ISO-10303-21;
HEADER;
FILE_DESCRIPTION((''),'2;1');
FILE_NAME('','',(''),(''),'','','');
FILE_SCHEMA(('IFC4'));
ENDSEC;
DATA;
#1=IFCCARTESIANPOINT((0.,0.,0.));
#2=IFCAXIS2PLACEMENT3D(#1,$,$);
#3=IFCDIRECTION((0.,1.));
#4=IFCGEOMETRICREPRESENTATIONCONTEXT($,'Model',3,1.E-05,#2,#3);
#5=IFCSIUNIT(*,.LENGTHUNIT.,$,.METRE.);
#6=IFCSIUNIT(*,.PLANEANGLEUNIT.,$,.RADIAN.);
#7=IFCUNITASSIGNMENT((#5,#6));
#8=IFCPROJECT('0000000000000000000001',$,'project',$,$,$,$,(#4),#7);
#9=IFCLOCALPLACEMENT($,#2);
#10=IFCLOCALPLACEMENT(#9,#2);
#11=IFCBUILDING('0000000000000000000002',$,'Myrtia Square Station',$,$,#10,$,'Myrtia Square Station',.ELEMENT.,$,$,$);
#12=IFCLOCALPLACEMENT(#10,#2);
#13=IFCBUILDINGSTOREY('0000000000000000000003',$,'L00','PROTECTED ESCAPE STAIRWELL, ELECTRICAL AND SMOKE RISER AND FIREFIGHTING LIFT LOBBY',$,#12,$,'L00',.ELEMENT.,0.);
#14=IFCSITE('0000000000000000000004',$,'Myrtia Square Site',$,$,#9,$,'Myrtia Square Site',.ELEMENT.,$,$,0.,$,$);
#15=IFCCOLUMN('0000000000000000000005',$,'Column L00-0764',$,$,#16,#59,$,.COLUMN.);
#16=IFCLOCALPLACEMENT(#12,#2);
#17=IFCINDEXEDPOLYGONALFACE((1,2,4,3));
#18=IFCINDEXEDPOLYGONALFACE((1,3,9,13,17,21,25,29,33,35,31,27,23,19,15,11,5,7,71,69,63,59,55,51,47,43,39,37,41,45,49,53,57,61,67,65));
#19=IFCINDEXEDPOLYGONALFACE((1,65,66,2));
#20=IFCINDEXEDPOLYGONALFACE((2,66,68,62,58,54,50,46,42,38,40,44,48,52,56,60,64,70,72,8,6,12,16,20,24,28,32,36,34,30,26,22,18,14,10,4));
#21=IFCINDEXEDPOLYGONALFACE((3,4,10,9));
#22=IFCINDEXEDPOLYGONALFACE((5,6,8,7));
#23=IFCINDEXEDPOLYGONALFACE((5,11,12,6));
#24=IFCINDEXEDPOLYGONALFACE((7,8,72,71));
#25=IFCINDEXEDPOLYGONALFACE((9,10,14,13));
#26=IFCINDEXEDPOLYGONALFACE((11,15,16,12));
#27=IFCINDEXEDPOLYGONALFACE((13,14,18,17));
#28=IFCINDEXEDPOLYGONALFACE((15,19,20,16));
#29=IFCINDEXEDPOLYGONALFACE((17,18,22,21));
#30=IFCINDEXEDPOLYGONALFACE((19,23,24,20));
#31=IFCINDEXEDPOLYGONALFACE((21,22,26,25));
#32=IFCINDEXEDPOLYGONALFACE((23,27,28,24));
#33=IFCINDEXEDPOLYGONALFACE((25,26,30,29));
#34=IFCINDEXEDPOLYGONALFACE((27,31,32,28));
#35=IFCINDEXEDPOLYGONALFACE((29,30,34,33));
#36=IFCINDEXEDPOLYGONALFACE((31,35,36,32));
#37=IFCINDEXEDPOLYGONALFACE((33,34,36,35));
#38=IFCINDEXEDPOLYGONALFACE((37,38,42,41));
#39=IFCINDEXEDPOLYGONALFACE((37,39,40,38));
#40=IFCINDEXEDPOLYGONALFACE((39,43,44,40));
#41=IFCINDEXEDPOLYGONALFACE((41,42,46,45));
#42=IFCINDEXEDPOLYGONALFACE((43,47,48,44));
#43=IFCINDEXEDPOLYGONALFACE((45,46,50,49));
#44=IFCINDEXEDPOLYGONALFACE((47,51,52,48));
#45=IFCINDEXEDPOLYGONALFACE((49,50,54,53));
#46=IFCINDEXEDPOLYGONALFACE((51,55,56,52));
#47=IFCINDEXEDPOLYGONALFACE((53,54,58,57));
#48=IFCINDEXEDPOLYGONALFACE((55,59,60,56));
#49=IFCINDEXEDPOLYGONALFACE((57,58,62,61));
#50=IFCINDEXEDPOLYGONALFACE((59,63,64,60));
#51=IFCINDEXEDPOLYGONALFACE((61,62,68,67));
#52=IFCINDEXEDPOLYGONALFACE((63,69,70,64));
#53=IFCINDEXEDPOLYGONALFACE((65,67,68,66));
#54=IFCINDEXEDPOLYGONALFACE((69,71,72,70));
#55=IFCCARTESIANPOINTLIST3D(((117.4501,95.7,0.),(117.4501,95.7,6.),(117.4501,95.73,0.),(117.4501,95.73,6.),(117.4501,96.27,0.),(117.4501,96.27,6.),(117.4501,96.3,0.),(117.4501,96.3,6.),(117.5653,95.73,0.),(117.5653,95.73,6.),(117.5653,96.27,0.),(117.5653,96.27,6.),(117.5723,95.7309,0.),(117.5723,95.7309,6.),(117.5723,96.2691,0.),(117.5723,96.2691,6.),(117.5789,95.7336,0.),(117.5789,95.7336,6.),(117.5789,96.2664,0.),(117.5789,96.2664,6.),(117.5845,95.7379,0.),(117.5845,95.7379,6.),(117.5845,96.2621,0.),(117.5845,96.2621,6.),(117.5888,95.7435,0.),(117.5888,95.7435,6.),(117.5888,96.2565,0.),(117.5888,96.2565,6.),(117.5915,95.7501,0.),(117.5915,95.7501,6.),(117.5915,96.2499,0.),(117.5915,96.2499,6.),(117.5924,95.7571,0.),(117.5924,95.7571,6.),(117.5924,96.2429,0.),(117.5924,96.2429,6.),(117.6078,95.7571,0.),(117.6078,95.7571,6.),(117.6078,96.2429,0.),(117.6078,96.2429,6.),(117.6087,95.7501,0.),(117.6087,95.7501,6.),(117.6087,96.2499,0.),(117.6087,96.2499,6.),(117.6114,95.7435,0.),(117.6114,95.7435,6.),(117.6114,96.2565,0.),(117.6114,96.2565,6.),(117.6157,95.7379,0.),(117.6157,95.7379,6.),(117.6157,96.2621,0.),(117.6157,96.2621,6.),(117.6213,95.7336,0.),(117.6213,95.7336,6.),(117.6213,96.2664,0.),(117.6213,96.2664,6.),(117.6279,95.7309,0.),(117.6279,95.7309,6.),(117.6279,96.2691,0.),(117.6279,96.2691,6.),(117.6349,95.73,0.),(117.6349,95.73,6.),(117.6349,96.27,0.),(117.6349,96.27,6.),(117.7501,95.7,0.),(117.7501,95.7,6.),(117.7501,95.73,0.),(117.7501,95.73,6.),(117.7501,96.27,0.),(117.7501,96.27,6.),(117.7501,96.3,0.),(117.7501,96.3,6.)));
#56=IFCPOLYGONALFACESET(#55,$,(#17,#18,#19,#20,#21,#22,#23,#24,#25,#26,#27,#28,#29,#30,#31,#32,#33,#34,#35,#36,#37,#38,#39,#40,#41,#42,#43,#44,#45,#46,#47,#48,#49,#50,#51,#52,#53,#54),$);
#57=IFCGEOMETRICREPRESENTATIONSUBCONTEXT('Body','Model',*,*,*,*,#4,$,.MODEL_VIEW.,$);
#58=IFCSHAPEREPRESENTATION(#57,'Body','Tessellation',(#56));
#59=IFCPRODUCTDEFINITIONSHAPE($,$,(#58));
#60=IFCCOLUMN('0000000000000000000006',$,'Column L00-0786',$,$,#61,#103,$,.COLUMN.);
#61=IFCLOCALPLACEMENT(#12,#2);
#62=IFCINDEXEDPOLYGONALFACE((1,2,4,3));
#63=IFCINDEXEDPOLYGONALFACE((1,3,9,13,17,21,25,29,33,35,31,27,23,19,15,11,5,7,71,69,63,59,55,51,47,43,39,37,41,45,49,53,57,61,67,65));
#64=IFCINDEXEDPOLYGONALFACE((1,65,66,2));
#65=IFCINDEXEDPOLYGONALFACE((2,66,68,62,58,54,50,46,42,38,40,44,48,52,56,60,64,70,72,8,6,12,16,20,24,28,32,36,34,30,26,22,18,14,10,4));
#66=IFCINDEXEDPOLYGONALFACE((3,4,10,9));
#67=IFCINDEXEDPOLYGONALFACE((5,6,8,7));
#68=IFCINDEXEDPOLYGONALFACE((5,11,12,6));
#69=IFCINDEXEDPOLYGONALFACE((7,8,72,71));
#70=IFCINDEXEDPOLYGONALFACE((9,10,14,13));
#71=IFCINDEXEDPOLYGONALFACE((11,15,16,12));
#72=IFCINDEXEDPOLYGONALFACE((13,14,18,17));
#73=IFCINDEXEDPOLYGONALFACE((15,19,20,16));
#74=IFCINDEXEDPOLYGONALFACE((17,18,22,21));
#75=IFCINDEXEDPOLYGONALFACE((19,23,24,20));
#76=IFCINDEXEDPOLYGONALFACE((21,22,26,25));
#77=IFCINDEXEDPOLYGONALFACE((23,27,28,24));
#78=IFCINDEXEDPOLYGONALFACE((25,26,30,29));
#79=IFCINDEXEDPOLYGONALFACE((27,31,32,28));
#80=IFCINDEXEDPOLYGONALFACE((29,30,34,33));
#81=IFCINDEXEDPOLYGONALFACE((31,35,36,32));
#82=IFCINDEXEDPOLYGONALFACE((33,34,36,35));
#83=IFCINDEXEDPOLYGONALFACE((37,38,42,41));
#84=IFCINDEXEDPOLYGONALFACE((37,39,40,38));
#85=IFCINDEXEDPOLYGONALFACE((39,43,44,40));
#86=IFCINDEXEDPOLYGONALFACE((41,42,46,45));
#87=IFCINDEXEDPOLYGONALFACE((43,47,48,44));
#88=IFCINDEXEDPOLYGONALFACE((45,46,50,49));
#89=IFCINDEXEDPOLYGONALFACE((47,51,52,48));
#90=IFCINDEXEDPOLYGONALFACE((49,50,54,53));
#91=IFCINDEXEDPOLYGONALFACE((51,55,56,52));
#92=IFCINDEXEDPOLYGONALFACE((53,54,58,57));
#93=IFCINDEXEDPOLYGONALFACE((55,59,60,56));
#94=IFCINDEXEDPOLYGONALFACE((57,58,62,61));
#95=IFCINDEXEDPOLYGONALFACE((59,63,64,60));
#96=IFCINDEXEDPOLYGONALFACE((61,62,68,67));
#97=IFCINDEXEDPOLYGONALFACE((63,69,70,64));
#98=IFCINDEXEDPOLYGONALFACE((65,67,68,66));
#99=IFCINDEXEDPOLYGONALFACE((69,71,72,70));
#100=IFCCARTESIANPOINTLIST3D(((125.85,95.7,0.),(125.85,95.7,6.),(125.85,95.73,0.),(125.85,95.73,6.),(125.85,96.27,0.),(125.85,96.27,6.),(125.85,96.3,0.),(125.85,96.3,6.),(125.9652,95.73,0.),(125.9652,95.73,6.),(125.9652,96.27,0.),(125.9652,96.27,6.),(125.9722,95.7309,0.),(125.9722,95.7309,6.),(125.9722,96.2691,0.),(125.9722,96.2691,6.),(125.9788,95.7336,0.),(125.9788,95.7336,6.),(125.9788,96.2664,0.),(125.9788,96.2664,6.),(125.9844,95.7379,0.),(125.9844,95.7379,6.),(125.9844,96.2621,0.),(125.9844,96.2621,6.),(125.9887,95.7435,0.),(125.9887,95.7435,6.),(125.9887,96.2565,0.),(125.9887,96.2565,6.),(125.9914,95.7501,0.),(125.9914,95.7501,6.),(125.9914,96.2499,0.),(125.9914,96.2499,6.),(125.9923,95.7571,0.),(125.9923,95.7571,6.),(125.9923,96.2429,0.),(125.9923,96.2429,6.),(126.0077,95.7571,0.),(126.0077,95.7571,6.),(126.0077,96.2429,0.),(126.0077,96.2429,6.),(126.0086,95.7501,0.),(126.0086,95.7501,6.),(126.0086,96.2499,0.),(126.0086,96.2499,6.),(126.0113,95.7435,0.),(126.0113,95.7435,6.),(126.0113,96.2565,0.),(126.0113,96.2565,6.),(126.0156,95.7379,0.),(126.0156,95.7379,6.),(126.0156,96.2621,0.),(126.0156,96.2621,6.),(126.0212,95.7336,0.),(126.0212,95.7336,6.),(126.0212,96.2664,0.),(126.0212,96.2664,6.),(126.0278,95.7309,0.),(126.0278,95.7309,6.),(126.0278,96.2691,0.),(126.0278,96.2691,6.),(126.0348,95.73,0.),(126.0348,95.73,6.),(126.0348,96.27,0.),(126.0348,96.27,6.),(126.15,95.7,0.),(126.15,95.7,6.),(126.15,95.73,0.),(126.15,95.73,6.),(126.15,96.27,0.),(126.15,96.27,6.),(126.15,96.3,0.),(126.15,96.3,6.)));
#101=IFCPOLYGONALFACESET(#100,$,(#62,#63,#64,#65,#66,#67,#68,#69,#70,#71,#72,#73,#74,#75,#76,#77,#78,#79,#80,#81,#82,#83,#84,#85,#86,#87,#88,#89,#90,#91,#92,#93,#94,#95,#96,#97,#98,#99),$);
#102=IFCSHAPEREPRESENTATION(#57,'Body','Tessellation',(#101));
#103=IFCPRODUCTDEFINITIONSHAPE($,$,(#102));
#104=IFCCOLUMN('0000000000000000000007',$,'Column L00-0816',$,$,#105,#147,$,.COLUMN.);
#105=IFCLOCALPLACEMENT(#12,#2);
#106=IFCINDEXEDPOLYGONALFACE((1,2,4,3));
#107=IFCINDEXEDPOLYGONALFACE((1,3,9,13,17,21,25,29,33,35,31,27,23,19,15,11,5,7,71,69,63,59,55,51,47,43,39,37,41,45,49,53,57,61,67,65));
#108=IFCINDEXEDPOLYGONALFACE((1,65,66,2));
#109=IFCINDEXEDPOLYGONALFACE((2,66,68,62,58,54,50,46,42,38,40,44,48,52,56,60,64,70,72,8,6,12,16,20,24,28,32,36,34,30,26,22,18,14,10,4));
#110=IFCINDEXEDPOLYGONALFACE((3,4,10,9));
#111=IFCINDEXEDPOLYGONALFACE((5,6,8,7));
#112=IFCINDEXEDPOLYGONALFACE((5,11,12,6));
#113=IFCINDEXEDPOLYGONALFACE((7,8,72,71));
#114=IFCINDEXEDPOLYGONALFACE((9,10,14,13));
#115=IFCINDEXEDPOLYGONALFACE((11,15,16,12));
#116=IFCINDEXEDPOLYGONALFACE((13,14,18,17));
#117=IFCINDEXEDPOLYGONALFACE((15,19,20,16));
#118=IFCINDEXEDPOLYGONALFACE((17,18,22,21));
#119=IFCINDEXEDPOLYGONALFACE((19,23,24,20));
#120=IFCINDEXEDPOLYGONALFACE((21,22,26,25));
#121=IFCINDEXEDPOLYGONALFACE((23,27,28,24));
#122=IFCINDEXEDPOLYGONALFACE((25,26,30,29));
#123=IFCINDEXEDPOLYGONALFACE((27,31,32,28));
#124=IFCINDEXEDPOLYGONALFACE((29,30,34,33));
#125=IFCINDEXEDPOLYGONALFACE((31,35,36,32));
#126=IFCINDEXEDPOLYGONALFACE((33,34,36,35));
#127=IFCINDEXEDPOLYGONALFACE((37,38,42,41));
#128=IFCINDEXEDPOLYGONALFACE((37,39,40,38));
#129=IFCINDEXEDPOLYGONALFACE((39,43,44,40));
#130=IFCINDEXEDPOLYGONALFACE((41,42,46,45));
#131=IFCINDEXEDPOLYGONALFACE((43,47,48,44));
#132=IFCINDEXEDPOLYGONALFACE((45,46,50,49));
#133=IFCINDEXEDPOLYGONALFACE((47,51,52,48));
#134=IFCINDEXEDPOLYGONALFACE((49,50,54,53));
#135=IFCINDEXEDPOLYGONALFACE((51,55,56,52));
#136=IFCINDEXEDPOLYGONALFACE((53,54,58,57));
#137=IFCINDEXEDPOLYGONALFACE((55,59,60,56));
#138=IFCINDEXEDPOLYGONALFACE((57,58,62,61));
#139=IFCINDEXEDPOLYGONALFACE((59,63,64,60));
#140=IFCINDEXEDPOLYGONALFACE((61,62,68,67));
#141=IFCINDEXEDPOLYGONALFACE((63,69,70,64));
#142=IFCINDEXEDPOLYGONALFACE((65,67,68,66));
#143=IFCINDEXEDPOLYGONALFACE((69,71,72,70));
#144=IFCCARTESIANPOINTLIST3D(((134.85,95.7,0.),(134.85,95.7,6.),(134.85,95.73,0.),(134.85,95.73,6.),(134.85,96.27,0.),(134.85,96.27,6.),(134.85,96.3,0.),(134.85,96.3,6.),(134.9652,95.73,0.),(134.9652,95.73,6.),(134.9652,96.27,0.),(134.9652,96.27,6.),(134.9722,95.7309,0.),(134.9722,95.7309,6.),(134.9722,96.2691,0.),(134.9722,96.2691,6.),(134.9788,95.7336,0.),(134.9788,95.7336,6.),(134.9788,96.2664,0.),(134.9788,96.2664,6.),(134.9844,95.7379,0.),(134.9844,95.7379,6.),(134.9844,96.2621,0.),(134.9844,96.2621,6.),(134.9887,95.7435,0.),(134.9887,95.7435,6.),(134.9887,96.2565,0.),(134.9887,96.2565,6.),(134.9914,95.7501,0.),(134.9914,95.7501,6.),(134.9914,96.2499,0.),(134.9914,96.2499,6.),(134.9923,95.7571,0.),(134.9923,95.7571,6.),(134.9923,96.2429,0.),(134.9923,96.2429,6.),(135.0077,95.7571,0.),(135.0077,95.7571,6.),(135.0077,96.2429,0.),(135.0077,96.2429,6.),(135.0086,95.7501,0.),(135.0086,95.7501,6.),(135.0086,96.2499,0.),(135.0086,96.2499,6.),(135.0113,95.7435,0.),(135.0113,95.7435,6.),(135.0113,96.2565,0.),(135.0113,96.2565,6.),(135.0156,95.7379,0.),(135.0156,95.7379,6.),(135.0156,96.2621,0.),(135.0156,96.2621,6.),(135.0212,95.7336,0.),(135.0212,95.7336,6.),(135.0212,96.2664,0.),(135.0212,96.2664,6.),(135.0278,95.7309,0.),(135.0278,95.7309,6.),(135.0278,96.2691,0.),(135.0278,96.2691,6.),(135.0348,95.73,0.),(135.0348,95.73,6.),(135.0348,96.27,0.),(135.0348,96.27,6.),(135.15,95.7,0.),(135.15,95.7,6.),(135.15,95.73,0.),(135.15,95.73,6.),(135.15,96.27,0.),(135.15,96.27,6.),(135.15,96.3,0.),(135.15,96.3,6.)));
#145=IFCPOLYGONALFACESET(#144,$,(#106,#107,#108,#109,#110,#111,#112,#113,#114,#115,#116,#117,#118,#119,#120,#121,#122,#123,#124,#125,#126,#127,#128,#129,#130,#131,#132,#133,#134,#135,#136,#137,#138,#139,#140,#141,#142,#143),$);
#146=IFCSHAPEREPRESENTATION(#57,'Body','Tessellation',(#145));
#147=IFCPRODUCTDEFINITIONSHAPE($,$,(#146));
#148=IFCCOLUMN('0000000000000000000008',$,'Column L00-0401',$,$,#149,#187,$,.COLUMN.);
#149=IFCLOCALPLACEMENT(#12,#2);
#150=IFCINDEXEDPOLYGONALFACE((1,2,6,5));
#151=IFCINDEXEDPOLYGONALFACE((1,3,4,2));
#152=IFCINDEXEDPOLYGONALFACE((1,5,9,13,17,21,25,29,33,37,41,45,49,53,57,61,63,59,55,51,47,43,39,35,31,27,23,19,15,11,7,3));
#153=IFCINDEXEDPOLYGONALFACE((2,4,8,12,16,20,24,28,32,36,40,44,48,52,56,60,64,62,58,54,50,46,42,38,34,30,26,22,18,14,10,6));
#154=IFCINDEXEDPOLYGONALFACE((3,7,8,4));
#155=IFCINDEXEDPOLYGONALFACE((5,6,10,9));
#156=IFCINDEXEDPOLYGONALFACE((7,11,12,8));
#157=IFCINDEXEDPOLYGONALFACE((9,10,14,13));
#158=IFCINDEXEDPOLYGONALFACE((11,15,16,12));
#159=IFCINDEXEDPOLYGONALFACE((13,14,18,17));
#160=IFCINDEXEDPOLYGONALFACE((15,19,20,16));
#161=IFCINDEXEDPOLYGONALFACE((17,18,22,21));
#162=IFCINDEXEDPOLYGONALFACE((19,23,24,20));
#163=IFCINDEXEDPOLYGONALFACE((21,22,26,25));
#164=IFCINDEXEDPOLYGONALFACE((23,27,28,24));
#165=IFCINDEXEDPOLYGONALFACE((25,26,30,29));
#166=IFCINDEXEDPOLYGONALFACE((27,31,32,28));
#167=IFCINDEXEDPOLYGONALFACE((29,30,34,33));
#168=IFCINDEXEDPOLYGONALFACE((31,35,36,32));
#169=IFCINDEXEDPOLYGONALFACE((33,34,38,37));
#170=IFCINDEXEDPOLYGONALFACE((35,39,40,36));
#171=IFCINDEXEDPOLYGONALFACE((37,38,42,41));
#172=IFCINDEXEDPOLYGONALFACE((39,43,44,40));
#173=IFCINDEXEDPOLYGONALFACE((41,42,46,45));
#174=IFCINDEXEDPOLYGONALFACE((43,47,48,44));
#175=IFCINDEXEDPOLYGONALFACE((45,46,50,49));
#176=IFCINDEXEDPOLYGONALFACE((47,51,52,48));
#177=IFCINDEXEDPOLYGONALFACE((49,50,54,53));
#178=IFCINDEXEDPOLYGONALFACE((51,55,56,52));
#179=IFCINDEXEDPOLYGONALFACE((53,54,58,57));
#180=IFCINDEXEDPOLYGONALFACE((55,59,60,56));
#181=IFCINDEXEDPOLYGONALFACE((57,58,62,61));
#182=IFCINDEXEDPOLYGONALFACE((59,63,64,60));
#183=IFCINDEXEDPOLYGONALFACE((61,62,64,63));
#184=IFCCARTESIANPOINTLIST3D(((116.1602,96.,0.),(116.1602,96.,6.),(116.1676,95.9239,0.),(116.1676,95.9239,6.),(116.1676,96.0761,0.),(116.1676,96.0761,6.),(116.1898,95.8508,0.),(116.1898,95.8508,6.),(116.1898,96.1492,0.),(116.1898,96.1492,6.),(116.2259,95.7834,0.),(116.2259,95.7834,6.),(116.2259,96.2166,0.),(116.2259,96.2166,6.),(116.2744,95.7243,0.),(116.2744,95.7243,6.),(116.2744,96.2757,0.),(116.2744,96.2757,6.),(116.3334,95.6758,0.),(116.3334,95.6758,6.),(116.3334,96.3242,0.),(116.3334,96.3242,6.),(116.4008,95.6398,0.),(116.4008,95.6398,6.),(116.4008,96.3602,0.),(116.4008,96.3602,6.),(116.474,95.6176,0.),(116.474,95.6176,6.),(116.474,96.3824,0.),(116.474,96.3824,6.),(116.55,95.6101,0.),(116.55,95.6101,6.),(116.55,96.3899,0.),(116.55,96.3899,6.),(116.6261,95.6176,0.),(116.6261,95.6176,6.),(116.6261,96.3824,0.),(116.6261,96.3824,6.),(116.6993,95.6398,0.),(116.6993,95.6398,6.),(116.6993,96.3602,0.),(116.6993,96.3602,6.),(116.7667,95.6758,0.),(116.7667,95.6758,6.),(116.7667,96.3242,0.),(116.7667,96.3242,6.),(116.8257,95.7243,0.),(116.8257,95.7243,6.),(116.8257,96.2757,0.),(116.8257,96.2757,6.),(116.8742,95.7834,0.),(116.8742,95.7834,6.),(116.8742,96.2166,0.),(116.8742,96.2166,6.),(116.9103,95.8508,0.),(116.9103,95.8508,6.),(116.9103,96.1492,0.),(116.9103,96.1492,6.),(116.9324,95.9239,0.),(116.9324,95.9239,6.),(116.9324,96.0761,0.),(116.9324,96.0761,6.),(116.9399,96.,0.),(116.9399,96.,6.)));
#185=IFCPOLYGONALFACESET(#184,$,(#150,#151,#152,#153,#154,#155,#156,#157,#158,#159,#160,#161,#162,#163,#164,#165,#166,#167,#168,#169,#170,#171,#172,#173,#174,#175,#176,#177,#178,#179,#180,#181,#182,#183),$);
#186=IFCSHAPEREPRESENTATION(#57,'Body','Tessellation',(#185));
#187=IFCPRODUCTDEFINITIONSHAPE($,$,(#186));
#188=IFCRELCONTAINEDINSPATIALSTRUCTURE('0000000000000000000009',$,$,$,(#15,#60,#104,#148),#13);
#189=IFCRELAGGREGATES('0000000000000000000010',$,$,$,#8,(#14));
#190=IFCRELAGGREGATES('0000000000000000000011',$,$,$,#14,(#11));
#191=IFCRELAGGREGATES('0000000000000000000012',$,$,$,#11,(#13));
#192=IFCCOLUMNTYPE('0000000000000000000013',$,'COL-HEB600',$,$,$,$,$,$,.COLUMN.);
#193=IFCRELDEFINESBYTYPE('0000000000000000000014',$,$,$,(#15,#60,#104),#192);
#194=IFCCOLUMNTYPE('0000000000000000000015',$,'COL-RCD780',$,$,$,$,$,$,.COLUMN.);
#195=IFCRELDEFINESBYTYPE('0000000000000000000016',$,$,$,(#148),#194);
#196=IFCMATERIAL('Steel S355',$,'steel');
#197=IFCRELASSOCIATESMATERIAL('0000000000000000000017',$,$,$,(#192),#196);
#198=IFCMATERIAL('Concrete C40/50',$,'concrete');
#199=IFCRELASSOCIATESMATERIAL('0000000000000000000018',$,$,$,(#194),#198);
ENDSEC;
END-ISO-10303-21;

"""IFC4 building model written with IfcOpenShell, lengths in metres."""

from ifc_helpers import new_model, si_unit, direction, frame, origin, origin_2d, place, context, subcontext, project, spatial, circle, i_section, extrude, material, material_profile, profile_set, type_object, element, save


model = new_model("IFC4")

# Units and contexts
model_context = context("Model", 3, precision=1e-05, world=origin(), true_north=direction((0.0, 1.0)))
body_context = subcontext(model_context, "Body", "Model", "MODEL_VIEW")
ifc_project = project(units=[si_unit("LENGTHUNIT", "METRE"), si_unit("PLANEANGLEUNIT", "RADIAN")], contexts=[model_context])

# Site, building, storey
site_placement = place(None, origin())
site = spatial("IfcSite", under=ifc_project, at=site_placement, Name="Myrtia Square Site", LongName="Myrtia Square Site", CompositionType="ELEMENT", RefElevation=0.0)
building_placement = place(site_placement, origin())
building = spatial("IfcBuilding", under=site, at=building_placement, Name="Myrtia Square Station", LongName="Myrtia Square Station", CompositionType="ELEMENT")
storey_placement = place(building_placement, origin())
storey = spatial("IfcBuildingStorey", under=building, at=storey_placement, Name="L00", Description="PROTECTED ESCAPE STAIRWELL, ELECTRICAL AND SMOKE RISER AND FIREFIGHTING LIFT LOBBY", LongName="L00", CompositionType="ELEMENT", Elevation=0.0)

# Columns
ifc_material_1 = material(Name="Steel S355", Category="steel")
ifc_material_profile_1 = material_profile(ifc_material_1, i_section(OverallWidth=0.3, OverallDepth=0.6001, WebThickness=0.0154, FlangeThickness=0.03, FilletRadius=0.0271, at=origin_2d()), Name="HEB 600")
ifc_profile_set_1 = profile_set([ifc_material_profile_1], Name="Steel S355")
column_type_1 = type_object("IfcColumnType", Name="COL-HEB600", PredefinedType="COLUMN", material=ifc_profile_set_1)
for number, where, z_axis, x_axis, name in (
    (1, (117.6001, 96.0, 0.0), (0.0, 0.0, 1.0), (1.0, 0.0, 0.0), "Column L00-0764"),
    (2, (126.0, 96.0, 0.0), (0.0, 0.0, 1.0), (1.0, 0.0, 0.0), "Column L00-0786"),
    (3, (135.0, 96.0, 0.0), (0.0, 0.0, 1.0), (1.0, 0.0, 0.0), "Column L00-0816"),
):
    element("IfcColumn", number, at=place(storey_placement, frame(where, z_axis=z_axis, x_axis=x_axis)), inside=storey, type_object=column_type_1, Name=name, PredefinedType="COLUMN", context=body_context, shape_type="SweptSolid", body=[
        extrude(i_section(OverallWidth=0.3, OverallDepth=0.6001, WebThickness=0.0154, FlangeThickness=0.03, FilletRadius=0.0271, at=origin_2d()), origin(), (0.0, 0.0, 1.0), 6.0),
    ])
ifc_material_2 = material(Name="Concrete C40/50", Category="concrete")
ifc_material_profile_2 = material_profile(ifc_material_2, circle(Radius=0.3899, at=origin_2d()), Name="RC D780")
ifc_profile_set_2 = profile_set([ifc_material_profile_2], Name="Concrete C40/50")
column_type_2 = type_object("IfcColumnType", Name="COL-RCD780", PredefinedType="COLUMN", material=ifc_profile_set_2)
column_placement = place(storey_placement, frame((116.55, 96.0, 0.0), z_axis=(0.0, 0.0, 1.0), x_axis=(1.0, 0.0, 0.0)))
element("IfcColumn", 4, at=column_placement, inside=storey, type_object=column_type_2, Name="Column L00-0401", PredefinedType="COLUMN", context=body_context, shape_type="SweptSolid", body=[
    extrude(circle(Radius=0.3899, at=origin_2d()), origin(), (0.0, 0.0, 1.0), 6.0),
])

save(model, "model.ifc")
